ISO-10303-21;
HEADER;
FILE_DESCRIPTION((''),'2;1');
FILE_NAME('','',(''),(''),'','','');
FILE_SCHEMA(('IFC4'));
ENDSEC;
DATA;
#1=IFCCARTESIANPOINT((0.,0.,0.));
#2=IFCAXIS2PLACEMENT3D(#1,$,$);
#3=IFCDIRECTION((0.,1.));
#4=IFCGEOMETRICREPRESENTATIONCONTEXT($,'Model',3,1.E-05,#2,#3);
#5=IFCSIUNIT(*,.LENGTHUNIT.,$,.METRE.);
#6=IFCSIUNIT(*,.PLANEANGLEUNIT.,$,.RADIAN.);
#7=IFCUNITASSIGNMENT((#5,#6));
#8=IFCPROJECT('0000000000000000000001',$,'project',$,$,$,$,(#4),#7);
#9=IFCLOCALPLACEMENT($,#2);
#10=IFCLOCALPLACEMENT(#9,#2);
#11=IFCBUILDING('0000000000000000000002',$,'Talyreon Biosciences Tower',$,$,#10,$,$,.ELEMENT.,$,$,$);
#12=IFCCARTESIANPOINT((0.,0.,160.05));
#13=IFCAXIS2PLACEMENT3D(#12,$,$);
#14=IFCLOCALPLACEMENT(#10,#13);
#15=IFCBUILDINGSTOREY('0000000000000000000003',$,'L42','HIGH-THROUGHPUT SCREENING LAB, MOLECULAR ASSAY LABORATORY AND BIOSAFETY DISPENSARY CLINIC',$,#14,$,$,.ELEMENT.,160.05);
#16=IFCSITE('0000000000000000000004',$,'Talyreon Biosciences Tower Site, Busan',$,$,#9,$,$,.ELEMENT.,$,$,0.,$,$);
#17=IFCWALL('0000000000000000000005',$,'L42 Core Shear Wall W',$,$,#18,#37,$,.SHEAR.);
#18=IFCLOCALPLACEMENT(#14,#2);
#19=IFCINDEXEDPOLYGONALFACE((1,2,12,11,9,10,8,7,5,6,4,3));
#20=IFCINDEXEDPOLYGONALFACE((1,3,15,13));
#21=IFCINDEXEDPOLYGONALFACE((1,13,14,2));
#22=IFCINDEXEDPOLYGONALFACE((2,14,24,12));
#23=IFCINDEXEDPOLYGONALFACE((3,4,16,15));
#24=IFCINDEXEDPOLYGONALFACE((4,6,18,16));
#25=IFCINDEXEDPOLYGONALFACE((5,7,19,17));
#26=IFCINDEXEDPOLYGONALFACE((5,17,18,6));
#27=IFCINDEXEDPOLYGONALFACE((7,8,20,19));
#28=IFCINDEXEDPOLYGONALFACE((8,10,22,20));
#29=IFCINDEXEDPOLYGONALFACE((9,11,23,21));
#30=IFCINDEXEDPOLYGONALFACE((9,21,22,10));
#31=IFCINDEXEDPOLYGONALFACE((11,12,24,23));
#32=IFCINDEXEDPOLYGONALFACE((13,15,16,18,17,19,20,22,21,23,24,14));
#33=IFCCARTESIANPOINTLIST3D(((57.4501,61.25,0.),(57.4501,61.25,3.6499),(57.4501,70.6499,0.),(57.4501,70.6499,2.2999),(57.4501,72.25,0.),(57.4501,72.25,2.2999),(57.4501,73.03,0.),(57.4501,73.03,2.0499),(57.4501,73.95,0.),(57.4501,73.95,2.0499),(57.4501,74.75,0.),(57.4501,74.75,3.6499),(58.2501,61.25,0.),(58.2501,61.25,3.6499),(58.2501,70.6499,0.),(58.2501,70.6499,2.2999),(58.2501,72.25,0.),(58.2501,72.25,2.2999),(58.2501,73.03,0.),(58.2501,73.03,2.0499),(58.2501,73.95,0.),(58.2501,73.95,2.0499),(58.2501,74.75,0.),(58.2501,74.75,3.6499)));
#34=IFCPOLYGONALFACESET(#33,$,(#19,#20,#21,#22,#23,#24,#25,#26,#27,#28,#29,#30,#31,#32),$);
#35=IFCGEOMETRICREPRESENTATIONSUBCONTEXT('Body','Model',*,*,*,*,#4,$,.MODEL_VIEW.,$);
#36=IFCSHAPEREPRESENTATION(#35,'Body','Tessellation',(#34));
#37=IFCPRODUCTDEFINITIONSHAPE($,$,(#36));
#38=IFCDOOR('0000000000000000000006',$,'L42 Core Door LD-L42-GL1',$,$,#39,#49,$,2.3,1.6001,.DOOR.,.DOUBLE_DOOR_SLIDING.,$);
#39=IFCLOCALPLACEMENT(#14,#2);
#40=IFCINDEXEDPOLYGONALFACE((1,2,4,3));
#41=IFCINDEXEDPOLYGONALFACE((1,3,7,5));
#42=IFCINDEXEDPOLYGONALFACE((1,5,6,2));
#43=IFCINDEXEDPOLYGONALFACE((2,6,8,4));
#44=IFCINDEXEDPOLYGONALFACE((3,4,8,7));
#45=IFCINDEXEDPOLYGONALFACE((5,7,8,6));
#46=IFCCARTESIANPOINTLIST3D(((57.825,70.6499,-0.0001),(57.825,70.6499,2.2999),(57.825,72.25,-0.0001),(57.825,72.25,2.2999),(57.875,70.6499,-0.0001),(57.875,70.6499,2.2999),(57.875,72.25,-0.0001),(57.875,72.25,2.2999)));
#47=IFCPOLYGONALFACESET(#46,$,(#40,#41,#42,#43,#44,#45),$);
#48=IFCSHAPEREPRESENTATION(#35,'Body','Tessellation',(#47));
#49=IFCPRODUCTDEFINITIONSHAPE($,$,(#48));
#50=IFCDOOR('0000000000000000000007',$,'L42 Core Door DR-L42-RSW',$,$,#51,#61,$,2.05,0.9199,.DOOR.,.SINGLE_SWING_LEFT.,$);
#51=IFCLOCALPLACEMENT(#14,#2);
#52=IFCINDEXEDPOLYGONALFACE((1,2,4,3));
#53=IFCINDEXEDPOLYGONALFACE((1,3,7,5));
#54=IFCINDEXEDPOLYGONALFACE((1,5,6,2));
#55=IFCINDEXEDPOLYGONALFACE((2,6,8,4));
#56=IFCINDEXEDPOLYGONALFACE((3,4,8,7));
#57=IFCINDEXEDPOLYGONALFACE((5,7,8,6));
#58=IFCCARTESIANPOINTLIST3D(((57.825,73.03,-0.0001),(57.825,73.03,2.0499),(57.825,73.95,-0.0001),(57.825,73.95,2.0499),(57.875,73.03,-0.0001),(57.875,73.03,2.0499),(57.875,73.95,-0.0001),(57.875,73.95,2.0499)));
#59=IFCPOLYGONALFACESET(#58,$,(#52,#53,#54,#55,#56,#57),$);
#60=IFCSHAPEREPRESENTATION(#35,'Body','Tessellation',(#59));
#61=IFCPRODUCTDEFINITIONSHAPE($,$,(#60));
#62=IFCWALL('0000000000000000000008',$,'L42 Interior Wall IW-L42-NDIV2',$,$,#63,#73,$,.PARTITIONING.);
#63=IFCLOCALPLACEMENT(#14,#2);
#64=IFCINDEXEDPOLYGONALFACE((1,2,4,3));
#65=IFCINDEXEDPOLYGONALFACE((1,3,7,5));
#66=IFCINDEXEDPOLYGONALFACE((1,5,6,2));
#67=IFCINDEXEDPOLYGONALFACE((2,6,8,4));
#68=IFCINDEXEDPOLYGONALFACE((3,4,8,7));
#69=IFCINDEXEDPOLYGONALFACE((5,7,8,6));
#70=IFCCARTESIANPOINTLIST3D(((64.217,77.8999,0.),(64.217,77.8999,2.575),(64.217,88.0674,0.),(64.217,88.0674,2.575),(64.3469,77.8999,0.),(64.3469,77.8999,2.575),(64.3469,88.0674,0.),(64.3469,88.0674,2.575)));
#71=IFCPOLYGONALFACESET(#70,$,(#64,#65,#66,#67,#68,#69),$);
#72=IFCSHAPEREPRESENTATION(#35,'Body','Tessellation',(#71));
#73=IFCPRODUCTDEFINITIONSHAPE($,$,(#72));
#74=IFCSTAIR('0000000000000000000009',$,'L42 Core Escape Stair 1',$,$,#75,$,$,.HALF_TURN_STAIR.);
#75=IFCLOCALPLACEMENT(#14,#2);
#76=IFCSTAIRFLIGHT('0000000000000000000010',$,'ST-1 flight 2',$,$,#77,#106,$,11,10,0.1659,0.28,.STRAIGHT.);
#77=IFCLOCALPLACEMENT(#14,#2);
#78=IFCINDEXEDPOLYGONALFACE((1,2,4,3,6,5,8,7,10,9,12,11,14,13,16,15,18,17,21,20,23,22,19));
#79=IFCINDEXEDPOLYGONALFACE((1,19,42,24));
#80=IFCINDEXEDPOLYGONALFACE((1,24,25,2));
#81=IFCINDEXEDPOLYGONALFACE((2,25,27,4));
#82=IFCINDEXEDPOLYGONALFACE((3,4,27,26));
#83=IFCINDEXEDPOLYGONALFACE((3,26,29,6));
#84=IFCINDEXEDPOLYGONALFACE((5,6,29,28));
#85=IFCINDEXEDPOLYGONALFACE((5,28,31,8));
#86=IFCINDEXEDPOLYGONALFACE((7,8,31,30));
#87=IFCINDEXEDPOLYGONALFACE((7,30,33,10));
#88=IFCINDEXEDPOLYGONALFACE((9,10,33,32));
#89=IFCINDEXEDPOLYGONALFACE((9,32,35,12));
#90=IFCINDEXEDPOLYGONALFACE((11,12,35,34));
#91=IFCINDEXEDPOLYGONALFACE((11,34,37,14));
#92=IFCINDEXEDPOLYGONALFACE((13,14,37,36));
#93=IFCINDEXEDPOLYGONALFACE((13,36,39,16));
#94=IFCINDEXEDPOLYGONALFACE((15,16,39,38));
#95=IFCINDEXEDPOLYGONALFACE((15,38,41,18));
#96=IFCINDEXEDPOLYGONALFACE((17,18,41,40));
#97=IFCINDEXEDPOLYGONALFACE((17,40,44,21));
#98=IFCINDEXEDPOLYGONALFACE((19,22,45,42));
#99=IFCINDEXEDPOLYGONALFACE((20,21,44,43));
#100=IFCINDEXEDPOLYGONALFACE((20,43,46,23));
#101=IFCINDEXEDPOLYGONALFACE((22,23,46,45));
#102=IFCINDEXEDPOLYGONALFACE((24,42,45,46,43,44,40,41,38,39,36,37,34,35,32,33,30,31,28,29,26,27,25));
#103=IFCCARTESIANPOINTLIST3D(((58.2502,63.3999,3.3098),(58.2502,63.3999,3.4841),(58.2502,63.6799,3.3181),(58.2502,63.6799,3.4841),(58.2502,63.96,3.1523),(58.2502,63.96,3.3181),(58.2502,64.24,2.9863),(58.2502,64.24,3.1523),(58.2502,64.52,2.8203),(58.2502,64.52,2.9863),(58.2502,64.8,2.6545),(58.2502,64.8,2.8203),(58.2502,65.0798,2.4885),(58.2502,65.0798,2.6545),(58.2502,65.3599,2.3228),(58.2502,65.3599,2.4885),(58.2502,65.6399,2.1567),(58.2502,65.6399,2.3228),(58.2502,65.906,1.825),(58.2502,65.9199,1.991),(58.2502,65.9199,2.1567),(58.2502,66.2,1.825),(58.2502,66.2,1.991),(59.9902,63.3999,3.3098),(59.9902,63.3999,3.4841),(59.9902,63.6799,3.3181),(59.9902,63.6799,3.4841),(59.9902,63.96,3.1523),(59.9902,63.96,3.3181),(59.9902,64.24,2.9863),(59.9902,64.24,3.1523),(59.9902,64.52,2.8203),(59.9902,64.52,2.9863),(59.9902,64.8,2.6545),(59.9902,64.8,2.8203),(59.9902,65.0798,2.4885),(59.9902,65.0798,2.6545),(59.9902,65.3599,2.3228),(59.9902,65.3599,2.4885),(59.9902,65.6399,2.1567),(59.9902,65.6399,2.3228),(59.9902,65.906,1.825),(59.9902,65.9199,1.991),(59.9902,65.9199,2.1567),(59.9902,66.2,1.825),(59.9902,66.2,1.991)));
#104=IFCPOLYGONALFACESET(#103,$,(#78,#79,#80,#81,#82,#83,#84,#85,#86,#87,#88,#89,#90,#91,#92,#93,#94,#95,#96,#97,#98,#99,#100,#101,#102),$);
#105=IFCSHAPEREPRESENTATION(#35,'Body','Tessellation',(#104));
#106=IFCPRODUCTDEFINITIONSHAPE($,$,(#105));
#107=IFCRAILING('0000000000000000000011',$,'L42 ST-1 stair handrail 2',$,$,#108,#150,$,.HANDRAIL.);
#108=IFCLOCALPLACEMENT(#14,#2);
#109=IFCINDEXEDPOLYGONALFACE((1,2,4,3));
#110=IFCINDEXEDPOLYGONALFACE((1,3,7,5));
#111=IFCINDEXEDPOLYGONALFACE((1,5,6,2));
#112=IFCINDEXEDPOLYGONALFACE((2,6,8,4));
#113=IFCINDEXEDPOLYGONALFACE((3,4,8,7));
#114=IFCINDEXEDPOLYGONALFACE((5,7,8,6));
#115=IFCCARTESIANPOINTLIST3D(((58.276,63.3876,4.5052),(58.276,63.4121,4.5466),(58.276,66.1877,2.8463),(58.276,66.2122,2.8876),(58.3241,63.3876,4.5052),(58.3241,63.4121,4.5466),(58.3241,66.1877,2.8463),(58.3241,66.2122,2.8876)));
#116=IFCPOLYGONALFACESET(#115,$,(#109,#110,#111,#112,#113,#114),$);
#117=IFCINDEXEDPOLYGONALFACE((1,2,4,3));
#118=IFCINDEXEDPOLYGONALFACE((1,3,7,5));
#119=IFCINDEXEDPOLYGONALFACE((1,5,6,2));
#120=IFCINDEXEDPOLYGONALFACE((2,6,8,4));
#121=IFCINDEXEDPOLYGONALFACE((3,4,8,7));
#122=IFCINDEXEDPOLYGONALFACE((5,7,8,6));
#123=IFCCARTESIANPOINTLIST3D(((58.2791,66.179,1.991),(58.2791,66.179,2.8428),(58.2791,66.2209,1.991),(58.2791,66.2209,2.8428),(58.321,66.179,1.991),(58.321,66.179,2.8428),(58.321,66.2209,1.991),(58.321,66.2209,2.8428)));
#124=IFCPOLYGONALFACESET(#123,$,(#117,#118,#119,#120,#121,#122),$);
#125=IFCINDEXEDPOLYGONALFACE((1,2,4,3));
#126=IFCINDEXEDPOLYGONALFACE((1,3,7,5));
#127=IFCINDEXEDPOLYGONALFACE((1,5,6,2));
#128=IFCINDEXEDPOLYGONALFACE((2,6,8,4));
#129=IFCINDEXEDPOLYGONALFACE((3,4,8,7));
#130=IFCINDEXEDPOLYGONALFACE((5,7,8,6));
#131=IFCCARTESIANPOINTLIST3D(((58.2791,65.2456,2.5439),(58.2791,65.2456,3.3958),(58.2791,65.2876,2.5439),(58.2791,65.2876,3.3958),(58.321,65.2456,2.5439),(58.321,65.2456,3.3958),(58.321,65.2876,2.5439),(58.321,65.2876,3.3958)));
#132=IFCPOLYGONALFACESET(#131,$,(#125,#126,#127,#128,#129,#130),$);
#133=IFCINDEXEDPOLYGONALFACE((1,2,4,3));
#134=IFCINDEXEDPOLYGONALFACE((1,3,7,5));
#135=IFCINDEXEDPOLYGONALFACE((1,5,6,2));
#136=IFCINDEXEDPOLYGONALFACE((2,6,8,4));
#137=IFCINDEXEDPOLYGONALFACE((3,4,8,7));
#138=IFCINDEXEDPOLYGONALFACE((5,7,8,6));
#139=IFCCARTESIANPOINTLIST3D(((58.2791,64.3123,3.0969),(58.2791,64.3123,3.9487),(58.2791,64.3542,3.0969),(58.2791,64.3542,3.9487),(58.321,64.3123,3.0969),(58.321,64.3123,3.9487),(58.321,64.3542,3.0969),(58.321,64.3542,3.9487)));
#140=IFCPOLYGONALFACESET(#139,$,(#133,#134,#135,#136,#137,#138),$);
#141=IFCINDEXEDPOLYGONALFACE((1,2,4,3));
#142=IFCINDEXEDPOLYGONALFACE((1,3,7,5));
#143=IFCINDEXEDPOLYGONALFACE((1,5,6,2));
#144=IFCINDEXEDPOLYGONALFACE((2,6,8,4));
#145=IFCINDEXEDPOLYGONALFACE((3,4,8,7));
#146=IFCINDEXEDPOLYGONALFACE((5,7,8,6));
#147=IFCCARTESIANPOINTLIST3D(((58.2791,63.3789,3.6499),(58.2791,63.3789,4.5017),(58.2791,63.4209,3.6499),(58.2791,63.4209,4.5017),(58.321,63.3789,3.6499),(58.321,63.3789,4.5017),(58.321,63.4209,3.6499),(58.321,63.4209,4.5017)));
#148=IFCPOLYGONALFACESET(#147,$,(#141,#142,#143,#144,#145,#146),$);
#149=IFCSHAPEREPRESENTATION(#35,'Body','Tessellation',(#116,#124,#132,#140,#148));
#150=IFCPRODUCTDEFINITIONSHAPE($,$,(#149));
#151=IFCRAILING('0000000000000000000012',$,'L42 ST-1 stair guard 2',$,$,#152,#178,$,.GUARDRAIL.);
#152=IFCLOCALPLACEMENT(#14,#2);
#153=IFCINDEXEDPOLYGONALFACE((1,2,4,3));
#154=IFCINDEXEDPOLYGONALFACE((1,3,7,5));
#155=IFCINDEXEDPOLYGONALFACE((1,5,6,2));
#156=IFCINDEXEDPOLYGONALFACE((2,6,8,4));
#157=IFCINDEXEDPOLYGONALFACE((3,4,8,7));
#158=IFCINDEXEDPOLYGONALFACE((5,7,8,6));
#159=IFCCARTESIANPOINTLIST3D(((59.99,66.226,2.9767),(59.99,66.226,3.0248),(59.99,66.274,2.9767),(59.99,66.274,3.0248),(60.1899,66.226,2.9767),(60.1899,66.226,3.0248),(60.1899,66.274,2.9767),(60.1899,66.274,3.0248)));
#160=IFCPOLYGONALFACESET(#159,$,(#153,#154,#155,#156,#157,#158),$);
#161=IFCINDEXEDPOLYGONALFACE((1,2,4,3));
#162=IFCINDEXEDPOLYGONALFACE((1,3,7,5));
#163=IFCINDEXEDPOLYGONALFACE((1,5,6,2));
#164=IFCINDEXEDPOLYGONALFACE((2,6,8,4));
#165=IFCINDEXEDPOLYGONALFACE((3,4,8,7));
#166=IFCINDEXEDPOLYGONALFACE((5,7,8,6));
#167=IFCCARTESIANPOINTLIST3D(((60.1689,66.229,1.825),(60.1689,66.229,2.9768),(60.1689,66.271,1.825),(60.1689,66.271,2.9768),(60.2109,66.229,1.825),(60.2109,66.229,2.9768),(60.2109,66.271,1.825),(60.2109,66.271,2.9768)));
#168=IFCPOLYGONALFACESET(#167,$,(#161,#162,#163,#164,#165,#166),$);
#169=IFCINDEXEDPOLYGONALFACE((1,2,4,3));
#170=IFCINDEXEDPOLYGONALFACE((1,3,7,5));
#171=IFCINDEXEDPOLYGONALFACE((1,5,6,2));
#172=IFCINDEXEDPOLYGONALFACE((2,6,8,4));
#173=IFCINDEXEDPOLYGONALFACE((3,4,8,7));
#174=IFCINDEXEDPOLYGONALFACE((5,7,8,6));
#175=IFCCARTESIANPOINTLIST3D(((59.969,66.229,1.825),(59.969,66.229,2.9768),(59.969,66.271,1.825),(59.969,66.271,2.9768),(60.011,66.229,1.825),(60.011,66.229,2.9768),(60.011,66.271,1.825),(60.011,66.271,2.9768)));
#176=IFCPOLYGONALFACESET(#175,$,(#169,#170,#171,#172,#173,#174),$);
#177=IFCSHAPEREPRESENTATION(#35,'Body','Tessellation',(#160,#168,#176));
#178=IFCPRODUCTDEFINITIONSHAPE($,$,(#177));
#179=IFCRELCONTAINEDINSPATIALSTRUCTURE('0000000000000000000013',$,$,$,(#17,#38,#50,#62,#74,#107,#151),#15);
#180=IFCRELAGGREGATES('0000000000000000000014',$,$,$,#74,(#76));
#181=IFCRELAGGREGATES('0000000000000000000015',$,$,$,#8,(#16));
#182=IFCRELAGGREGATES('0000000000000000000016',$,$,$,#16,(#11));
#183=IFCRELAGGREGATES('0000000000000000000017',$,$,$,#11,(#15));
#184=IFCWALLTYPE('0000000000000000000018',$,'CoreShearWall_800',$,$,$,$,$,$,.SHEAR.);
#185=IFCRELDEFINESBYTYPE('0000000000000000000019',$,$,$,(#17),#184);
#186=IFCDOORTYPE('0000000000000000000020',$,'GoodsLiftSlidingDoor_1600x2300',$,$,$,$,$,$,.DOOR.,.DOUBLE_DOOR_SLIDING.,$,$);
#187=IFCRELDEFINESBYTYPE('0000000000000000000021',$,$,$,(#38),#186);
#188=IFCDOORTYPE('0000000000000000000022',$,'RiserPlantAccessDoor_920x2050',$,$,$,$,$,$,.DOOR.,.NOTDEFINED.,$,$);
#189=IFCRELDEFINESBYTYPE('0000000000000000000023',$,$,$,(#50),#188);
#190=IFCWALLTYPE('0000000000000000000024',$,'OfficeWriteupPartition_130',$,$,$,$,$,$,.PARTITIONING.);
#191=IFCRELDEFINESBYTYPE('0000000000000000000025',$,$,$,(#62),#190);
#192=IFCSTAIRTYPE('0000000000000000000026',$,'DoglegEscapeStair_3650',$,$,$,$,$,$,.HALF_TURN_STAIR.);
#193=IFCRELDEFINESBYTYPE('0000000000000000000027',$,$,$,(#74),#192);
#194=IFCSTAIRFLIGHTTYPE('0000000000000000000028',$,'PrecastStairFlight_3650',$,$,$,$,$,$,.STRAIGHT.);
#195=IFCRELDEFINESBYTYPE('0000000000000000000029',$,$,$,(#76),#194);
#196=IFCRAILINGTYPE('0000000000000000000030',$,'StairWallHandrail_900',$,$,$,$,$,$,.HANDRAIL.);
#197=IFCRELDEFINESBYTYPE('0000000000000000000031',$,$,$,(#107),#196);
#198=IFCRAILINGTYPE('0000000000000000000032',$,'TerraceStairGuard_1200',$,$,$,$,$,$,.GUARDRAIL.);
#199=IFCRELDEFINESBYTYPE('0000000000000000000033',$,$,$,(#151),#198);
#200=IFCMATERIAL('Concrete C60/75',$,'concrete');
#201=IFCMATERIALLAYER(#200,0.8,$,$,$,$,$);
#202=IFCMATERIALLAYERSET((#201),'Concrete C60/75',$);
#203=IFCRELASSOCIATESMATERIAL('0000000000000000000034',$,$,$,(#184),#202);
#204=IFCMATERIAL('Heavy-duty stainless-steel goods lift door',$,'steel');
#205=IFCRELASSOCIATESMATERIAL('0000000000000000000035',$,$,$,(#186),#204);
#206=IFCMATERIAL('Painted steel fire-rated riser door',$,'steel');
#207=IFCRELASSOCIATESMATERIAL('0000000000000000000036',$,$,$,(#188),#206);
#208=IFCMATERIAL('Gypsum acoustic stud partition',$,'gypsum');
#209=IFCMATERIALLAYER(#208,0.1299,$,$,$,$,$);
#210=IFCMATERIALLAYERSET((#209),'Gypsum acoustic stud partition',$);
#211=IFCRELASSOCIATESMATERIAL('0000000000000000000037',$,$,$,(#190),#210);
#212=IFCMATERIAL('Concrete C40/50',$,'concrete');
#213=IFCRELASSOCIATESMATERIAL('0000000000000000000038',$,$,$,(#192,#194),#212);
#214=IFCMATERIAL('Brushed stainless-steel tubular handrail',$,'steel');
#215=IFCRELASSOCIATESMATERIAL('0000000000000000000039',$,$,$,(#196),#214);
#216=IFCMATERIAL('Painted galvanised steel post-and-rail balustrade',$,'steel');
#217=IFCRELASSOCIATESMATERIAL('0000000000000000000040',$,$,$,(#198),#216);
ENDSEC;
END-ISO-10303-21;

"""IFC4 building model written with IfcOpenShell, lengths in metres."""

from ifc_helpers import new_model, si_unit, direction, frame, frame_2d, origin, origin_2d, place, context, subcontext, project, spatial, polyline, rectangle, outline, extrude, material, layer, layer_set, type_object, element, fill, aggregate, save


model = new_model("IFC4")

# Units and contexts
model_context = context("Model", 3, precision=1e-05, world=origin(), true_north=direction((0.0, 1.0)))
body_context = subcontext(model_context, "Body", "Model", "MODEL_VIEW")
ifc_project = project(units=[si_unit("LENGTHUNIT", "METRE"), si_unit("PLANEANGLEUNIT", "RADIAN")], contexts=[model_context])

# Site, building, storey
site_placement = place(None, origin())
site = spatial("IfcSite", under=ifc_project, at=site_placement, Name="Talyreon Biosciences Tower Site, Busan", CompositionType="ELEMENT", RefElevation=0.0)
building_placement = place(site_placement, origin())
building = spatial("IfcBuilding", under=site, at=building_placement, Name="Talyreon Biosciences Tower", CompositionType="ELEMENT")
storey_placement = place(building_placement, frame((0.0, 0.0, 160.05)))
storey = spatial("IfcBuildingStorey", under=building, at=storey_placement, Name="L42", Description="HIGH-THROUGHPUT SCREENING LAB, MOLECULAR ASSAY LABORATORY AND BIOSAFETY DISPENSARY CLINIC", CompositionType="ELEMENT", Elevation=160.05)

# Shared definitions
ifc_material_1 = material(Name="Concrete C60/75", Category="concrete")

# Shared definitions
ifc_layer_1 = layer(ifc_material_1, 0.8)
ifc_layer_set_1 = layer_set([ifc_layer_1], Name="Concrete C60/75")
wall_type_1 = type_object("IfcWallType", Name="CoreShearWall_800", PredefinedType="SHEAR", material=ifc_layer_set_1)

# Wall, openings, doors
wall_1_placement = place(storey_placement, frame((57.8501, 74.75, 0.0), z_axis=(0.0, 0.0, 1.0), x_axis=(0.0, -1.0, 0.0)))
wall_1 = element("IfcWall", 1, at=wall_1_placement, inside=storey, type_object=wall_type_1, Name="L42 Core Shear Wall W", PredefinedType="SHEAR", context=body_context, shape_type="SweptSolid", body=[
    extrude(rectangle(XDim=13.5, YDim=0.8, at=frame_2d((6.75, 0.0))), origin(), (0.0, 0.0, 1.0), 3.6499),
])
opening_1_placement = place(wall_1_placement, frame((0.8, 0.0, 0.0)))
opening_1 = element("IfcOpeningElement", 2, at=opening_1_placement, cuts=wall_1, PredefinedType="OPENING", context=body_context, shape_type="SweptSolid", body=[
    extrude(rectangle(XDim=0.9199, YDim=2.05, at=frame_2d((0.46, 1.0249))), frame((0.0, 0.4099, 0.0), z_axis=(0.0, -1.0, 0.0), x_axis=(1.0, 0.0, 0.0)), (0.0, 0.0, 1.0), 0.8201),
])
opening_2_placement = place(wall_1_placement, frame((2.5, 0.0, 0.0)))
opening_2 = element("IfcOpeningElement", 3, at=opening_2_placement, cuts=wall_1, PredefinedType="OPENING", context=body_context, shape_type="SweptSolid", body=[
    extrude(rectangle(XDim=1.6001, YDim=2.3, at=frame_2d((0.8, 1.1499))), frame((0.0, 0.4099, 0.0), z_axis=(0.0, -1.0, 0.0), x_axis=(1.0, 0.0, 0.0)), (0.0, 0.0, 1.0), 0.8201),
])
ifc_material_2 = material(Name="Heavy-duty stainless-steel goods lift door", Category="steel")
door_type_1 = type_object("IfcDoorType", Name="GoodsLiftSlidingDoor_1600x2300", OperationType="DOUBLE_DOOR_SLIDING", PredefinedType="DOOR", material=ifc_material_2)
door_1_placement = place(opening_2_placement, origin())
door_1 = element("IfcDoor", 4, at=door_1_placement, inside=storey, type_object=door_type_1, Name="L42 Core Door LD-L42-GL1", OperationType="DOUBLE_DOOR_SLIDING", OverallHeight=2.3, OverallWidth=1.6001, PredefinedType="DOOR", context=body_context, shape_type="SweptSolid", body=[
    extrude(rectangle(XDim=1.6001, YDim=2.3, at=frame_2d((0.8, 1.1499))), frame((0.0, 0.0249, 0.0), z_axis=(0.0, -1.0, 0.0), x_axis=(1.0, 0.0, 0.0)), (0.0, 0.0, 1.0), 0.05),
])
fill(opening_2, door_1)
ifc_material_3 = material(Name="Painted steel fire-rated riser door", Category="steel")
door_type_2 = type_object("IfcDoorType", Name="RiserPlantAccessDoor_920x2050", OperationType="NOTDEFINED", PredefinedType="DOOR", material=ifc_material_3)
door_2_placement = place(opening_1_placement, origin())
door_2 = element("IfcDoor", 5, at=door_2_placement, inside=storey, type_object=door_type_2, Name="L42 Core Door DR-L42-RSW", OperationType="SINGLE_SWING_LEFT", OverallHeight=2.05, OverallWidth=0.9199, PredefinedType="DOOR", context=body_context, shape_type="SweptSolid", body=[
    extrude(rectangle(XDim=0.9199, YDim=2.05, at=frame_2d((0.46, 1.0249))), frame((0.0, 0.0249, 0.0), z_axis=(0.0, -1.0, 0.0), x_axis=(1.0, 0.0, 0.0)), (0.0, 0.0, 1.0), 0.05),
])
fill(opening_1, door_2)

# Wall
ifc_material_4 = material(Name="Gypsum acoustic stud partition", Category="gypsum")
ifc_layer_2 = layer(ifc_material_4, 0.1299)
ifc_layer_set_2 = layer_set([ifc_layer_2], Name="Gypsum acoustic stud partition")
wall_type_2 = type_object("IfcWallType", Name="OfficeWriteupPartition_130", PredefinedType="PARTITIONING", material=ifc_layer_set_2)
wall_2_placement = place(storey_placement, frame((64.282, 77.8999, 0.0), z_axis=(0.0, 0.0, 1.0), x_axis=(0.0, 1.0, 0.0)))
element("IfcWall", 6, at=wall_2_placement, inside=storey, type_object=wall_type_2, Name="L42 Interior Wall IW-L42-NDIV2", PredefinedType="PARTITIONING", context=body_context, shape_type="SweptSolid", body=[
    extrude(rectangle(XDim=10.1675, YDim=0.1299, at=frame_2d((5.0837, 0.0))), origin(), (0.0, 0.0, 1.0), 2.575),
])

# Stair, stair flight
ifc_material_5 = material(Name="Concrete C40/50", Category="concrete")
stair_type = type_object("IfcStairType", Name="DoglegEscapeStair_3650", PredefinedType="HALF_TURN_STAIR", material=ifc_material_5)
stair_placement = place(storey_placement, origin())
stair = element("IfcStair", 7, at=stair_placement, inside=storey, type_object=stair_type, Name="L42 Core Escape Stair 1", PredefinedType="HALF_TURN_STAIR")
stair_flight_type = type_object("IfcStairFlightType", Name="PrecastStairFlight_3650", PredefinedType="STRAIGHT", material=ifc_material_5)
stair_flight_placement = place(storey_placement, frame((59.1201, 66.2, 1.825), z_axis=(0.0, 0.0, 1.0), x_axis=(0.0, -1.0, 0.0)))
stair_flight = element("IfcStairFlight", 8, at=stair_flight_placement, type_object=stair_flight_type, Name="ST-1 flight 2", NumberOfRisers=11, NumberOfTreads=10, PredefinedType="STRAIGHT", RiserHeight=0.1659, TreadLength=0.28, context=body_context, shape_type="SweptSolid", body=[
    extrude(outline(polyline([(0.0, 0.0), (0.0, 0.166), (0.28, 0.166), (0.28, 0.3318), (0.5601, 0.3318), (0.5601, 0.4978), (0.8401, 0.4978), (0.8401, 0.6636), (1.1201, 0.6636), (1.1201, 0.8296), (1.3999, 0.8296), (1.3999, 0.9954), (1.6799, 0.9954), (1.6799, 1.1614), (1.96, 1.1614), (1.96, 1.3274), (2.24, 1.3274), (2.24, 1.4932), (2.52, 1.4932), (2.52, 1.6592), (2.8, 1.6592), (2.8, 1.825), (2.8, 1.4849), (0.2939, 0.0), (0.0, 0.0)])), frame((0.0, 0.8701, 0.0), z_axis=(0.0, -1.0, 0.0), x_axis=(1.0, 0.0, 0.0)), (0.0, 0.0, 1.0), 1.74),
])
aggregate(stair, [stair_flight])

# Railings
ifc_material_6 = material(Name="Brushed stainless-steel tubular handrail", Category="steel")
railing_type_1 = type_object("IfcRailingType", Name="StairWallHandrail_900", PredefinedType="HANDRAIL", material=ifc_material_6)
railing_1_placement = place(storey_placement, frame((58.3, 66.2, 1.991)))
element("IfcRailing", 9, at=railing_1_placement, inside=storey, type_object=railing_type_1, Name="L42 ST-1 stair handrail 2", PredefinedType="HANDRAIL", context=body_context, shape_type="SweptSolid", body=[
    extrude(rectangle(XDim=0.0481, YDim=0.0481, at=origin_2d()), frame((0.0, 0.0, 0.876), z_axis=(0.0, -0.860339, 0.509722), x_axis=(1.0, 0.0, 0.0)), (0.0, 0.0, 1.0), 3.2546),
    extrude(rectangle(XDim=0.042, YDim=0.042, at=origin_2d()), origin(), (0.0, 0.0, 1.0), 0.8518),
    extrude(rectangle(XDim=0.042, YDim=0.042, at=origin_2d()), frame((0.0, -0.9333, 0.553)), (0.0, 0.0, 1.0), 0.8518),
    extrude(rectangle(XDim=0.042, YDim=0.042, at=origin_2d()), frame((0.0, -1.8667, 1.106)), (0.0, 0.0, 1.0), 0.8518),
    extrude(rectangle(XDim=0.042, YDim=0.042, at=origin_2d()), frame((0.0, -2.8, 1.6589)), (0.0, 0.0, 1.0), 0.8518),
])
ifc_material_7 = material(Name="Painted galvanised steel post-and-rail balustrade", Category="steel")
railing_type_2 = type_object("IfcRailingType", Name="TerraceStairGuard_1200", PredefinedType="GUARDRAIL", material=ifc_material_7)
railing_2_placement = place(storey_placement, frame((60.1899, 66.25, 1.825)))
element("IfcRailing", 10, at=railing_2_placement, inside=storey, type_object=railing_type_2, Name="L42 ST-1 stair guard 2", PredefinedType="GUARDRAIL", context=body_context, shape_type="SweptSolid", body=[
    extrude(rectangle(XDim=0.0481, YDim=0.0481, at=origin_2d()), frame((0.0, 0.0, 1.1758), z_axis=(-1.0, 0.0, 0.0), x_axis=(0.0, -1.0, 0.0)), (0.0, 0.0, 1.0), 0.2),
    extrude(rectangle(XDim=0.042, YDim=0.042, at=origin_2d()), origin(), (0.0, 0.0, 1.0), 1.1519),
    extrude(rectangle(XDim=0.042, YDim=0.042, at=origin_2d()), frame((-0.2, 0.0, 0.0)), (0.0, 0.0, 1.0), 1.1519),
])

save(model, "model.ifc")
